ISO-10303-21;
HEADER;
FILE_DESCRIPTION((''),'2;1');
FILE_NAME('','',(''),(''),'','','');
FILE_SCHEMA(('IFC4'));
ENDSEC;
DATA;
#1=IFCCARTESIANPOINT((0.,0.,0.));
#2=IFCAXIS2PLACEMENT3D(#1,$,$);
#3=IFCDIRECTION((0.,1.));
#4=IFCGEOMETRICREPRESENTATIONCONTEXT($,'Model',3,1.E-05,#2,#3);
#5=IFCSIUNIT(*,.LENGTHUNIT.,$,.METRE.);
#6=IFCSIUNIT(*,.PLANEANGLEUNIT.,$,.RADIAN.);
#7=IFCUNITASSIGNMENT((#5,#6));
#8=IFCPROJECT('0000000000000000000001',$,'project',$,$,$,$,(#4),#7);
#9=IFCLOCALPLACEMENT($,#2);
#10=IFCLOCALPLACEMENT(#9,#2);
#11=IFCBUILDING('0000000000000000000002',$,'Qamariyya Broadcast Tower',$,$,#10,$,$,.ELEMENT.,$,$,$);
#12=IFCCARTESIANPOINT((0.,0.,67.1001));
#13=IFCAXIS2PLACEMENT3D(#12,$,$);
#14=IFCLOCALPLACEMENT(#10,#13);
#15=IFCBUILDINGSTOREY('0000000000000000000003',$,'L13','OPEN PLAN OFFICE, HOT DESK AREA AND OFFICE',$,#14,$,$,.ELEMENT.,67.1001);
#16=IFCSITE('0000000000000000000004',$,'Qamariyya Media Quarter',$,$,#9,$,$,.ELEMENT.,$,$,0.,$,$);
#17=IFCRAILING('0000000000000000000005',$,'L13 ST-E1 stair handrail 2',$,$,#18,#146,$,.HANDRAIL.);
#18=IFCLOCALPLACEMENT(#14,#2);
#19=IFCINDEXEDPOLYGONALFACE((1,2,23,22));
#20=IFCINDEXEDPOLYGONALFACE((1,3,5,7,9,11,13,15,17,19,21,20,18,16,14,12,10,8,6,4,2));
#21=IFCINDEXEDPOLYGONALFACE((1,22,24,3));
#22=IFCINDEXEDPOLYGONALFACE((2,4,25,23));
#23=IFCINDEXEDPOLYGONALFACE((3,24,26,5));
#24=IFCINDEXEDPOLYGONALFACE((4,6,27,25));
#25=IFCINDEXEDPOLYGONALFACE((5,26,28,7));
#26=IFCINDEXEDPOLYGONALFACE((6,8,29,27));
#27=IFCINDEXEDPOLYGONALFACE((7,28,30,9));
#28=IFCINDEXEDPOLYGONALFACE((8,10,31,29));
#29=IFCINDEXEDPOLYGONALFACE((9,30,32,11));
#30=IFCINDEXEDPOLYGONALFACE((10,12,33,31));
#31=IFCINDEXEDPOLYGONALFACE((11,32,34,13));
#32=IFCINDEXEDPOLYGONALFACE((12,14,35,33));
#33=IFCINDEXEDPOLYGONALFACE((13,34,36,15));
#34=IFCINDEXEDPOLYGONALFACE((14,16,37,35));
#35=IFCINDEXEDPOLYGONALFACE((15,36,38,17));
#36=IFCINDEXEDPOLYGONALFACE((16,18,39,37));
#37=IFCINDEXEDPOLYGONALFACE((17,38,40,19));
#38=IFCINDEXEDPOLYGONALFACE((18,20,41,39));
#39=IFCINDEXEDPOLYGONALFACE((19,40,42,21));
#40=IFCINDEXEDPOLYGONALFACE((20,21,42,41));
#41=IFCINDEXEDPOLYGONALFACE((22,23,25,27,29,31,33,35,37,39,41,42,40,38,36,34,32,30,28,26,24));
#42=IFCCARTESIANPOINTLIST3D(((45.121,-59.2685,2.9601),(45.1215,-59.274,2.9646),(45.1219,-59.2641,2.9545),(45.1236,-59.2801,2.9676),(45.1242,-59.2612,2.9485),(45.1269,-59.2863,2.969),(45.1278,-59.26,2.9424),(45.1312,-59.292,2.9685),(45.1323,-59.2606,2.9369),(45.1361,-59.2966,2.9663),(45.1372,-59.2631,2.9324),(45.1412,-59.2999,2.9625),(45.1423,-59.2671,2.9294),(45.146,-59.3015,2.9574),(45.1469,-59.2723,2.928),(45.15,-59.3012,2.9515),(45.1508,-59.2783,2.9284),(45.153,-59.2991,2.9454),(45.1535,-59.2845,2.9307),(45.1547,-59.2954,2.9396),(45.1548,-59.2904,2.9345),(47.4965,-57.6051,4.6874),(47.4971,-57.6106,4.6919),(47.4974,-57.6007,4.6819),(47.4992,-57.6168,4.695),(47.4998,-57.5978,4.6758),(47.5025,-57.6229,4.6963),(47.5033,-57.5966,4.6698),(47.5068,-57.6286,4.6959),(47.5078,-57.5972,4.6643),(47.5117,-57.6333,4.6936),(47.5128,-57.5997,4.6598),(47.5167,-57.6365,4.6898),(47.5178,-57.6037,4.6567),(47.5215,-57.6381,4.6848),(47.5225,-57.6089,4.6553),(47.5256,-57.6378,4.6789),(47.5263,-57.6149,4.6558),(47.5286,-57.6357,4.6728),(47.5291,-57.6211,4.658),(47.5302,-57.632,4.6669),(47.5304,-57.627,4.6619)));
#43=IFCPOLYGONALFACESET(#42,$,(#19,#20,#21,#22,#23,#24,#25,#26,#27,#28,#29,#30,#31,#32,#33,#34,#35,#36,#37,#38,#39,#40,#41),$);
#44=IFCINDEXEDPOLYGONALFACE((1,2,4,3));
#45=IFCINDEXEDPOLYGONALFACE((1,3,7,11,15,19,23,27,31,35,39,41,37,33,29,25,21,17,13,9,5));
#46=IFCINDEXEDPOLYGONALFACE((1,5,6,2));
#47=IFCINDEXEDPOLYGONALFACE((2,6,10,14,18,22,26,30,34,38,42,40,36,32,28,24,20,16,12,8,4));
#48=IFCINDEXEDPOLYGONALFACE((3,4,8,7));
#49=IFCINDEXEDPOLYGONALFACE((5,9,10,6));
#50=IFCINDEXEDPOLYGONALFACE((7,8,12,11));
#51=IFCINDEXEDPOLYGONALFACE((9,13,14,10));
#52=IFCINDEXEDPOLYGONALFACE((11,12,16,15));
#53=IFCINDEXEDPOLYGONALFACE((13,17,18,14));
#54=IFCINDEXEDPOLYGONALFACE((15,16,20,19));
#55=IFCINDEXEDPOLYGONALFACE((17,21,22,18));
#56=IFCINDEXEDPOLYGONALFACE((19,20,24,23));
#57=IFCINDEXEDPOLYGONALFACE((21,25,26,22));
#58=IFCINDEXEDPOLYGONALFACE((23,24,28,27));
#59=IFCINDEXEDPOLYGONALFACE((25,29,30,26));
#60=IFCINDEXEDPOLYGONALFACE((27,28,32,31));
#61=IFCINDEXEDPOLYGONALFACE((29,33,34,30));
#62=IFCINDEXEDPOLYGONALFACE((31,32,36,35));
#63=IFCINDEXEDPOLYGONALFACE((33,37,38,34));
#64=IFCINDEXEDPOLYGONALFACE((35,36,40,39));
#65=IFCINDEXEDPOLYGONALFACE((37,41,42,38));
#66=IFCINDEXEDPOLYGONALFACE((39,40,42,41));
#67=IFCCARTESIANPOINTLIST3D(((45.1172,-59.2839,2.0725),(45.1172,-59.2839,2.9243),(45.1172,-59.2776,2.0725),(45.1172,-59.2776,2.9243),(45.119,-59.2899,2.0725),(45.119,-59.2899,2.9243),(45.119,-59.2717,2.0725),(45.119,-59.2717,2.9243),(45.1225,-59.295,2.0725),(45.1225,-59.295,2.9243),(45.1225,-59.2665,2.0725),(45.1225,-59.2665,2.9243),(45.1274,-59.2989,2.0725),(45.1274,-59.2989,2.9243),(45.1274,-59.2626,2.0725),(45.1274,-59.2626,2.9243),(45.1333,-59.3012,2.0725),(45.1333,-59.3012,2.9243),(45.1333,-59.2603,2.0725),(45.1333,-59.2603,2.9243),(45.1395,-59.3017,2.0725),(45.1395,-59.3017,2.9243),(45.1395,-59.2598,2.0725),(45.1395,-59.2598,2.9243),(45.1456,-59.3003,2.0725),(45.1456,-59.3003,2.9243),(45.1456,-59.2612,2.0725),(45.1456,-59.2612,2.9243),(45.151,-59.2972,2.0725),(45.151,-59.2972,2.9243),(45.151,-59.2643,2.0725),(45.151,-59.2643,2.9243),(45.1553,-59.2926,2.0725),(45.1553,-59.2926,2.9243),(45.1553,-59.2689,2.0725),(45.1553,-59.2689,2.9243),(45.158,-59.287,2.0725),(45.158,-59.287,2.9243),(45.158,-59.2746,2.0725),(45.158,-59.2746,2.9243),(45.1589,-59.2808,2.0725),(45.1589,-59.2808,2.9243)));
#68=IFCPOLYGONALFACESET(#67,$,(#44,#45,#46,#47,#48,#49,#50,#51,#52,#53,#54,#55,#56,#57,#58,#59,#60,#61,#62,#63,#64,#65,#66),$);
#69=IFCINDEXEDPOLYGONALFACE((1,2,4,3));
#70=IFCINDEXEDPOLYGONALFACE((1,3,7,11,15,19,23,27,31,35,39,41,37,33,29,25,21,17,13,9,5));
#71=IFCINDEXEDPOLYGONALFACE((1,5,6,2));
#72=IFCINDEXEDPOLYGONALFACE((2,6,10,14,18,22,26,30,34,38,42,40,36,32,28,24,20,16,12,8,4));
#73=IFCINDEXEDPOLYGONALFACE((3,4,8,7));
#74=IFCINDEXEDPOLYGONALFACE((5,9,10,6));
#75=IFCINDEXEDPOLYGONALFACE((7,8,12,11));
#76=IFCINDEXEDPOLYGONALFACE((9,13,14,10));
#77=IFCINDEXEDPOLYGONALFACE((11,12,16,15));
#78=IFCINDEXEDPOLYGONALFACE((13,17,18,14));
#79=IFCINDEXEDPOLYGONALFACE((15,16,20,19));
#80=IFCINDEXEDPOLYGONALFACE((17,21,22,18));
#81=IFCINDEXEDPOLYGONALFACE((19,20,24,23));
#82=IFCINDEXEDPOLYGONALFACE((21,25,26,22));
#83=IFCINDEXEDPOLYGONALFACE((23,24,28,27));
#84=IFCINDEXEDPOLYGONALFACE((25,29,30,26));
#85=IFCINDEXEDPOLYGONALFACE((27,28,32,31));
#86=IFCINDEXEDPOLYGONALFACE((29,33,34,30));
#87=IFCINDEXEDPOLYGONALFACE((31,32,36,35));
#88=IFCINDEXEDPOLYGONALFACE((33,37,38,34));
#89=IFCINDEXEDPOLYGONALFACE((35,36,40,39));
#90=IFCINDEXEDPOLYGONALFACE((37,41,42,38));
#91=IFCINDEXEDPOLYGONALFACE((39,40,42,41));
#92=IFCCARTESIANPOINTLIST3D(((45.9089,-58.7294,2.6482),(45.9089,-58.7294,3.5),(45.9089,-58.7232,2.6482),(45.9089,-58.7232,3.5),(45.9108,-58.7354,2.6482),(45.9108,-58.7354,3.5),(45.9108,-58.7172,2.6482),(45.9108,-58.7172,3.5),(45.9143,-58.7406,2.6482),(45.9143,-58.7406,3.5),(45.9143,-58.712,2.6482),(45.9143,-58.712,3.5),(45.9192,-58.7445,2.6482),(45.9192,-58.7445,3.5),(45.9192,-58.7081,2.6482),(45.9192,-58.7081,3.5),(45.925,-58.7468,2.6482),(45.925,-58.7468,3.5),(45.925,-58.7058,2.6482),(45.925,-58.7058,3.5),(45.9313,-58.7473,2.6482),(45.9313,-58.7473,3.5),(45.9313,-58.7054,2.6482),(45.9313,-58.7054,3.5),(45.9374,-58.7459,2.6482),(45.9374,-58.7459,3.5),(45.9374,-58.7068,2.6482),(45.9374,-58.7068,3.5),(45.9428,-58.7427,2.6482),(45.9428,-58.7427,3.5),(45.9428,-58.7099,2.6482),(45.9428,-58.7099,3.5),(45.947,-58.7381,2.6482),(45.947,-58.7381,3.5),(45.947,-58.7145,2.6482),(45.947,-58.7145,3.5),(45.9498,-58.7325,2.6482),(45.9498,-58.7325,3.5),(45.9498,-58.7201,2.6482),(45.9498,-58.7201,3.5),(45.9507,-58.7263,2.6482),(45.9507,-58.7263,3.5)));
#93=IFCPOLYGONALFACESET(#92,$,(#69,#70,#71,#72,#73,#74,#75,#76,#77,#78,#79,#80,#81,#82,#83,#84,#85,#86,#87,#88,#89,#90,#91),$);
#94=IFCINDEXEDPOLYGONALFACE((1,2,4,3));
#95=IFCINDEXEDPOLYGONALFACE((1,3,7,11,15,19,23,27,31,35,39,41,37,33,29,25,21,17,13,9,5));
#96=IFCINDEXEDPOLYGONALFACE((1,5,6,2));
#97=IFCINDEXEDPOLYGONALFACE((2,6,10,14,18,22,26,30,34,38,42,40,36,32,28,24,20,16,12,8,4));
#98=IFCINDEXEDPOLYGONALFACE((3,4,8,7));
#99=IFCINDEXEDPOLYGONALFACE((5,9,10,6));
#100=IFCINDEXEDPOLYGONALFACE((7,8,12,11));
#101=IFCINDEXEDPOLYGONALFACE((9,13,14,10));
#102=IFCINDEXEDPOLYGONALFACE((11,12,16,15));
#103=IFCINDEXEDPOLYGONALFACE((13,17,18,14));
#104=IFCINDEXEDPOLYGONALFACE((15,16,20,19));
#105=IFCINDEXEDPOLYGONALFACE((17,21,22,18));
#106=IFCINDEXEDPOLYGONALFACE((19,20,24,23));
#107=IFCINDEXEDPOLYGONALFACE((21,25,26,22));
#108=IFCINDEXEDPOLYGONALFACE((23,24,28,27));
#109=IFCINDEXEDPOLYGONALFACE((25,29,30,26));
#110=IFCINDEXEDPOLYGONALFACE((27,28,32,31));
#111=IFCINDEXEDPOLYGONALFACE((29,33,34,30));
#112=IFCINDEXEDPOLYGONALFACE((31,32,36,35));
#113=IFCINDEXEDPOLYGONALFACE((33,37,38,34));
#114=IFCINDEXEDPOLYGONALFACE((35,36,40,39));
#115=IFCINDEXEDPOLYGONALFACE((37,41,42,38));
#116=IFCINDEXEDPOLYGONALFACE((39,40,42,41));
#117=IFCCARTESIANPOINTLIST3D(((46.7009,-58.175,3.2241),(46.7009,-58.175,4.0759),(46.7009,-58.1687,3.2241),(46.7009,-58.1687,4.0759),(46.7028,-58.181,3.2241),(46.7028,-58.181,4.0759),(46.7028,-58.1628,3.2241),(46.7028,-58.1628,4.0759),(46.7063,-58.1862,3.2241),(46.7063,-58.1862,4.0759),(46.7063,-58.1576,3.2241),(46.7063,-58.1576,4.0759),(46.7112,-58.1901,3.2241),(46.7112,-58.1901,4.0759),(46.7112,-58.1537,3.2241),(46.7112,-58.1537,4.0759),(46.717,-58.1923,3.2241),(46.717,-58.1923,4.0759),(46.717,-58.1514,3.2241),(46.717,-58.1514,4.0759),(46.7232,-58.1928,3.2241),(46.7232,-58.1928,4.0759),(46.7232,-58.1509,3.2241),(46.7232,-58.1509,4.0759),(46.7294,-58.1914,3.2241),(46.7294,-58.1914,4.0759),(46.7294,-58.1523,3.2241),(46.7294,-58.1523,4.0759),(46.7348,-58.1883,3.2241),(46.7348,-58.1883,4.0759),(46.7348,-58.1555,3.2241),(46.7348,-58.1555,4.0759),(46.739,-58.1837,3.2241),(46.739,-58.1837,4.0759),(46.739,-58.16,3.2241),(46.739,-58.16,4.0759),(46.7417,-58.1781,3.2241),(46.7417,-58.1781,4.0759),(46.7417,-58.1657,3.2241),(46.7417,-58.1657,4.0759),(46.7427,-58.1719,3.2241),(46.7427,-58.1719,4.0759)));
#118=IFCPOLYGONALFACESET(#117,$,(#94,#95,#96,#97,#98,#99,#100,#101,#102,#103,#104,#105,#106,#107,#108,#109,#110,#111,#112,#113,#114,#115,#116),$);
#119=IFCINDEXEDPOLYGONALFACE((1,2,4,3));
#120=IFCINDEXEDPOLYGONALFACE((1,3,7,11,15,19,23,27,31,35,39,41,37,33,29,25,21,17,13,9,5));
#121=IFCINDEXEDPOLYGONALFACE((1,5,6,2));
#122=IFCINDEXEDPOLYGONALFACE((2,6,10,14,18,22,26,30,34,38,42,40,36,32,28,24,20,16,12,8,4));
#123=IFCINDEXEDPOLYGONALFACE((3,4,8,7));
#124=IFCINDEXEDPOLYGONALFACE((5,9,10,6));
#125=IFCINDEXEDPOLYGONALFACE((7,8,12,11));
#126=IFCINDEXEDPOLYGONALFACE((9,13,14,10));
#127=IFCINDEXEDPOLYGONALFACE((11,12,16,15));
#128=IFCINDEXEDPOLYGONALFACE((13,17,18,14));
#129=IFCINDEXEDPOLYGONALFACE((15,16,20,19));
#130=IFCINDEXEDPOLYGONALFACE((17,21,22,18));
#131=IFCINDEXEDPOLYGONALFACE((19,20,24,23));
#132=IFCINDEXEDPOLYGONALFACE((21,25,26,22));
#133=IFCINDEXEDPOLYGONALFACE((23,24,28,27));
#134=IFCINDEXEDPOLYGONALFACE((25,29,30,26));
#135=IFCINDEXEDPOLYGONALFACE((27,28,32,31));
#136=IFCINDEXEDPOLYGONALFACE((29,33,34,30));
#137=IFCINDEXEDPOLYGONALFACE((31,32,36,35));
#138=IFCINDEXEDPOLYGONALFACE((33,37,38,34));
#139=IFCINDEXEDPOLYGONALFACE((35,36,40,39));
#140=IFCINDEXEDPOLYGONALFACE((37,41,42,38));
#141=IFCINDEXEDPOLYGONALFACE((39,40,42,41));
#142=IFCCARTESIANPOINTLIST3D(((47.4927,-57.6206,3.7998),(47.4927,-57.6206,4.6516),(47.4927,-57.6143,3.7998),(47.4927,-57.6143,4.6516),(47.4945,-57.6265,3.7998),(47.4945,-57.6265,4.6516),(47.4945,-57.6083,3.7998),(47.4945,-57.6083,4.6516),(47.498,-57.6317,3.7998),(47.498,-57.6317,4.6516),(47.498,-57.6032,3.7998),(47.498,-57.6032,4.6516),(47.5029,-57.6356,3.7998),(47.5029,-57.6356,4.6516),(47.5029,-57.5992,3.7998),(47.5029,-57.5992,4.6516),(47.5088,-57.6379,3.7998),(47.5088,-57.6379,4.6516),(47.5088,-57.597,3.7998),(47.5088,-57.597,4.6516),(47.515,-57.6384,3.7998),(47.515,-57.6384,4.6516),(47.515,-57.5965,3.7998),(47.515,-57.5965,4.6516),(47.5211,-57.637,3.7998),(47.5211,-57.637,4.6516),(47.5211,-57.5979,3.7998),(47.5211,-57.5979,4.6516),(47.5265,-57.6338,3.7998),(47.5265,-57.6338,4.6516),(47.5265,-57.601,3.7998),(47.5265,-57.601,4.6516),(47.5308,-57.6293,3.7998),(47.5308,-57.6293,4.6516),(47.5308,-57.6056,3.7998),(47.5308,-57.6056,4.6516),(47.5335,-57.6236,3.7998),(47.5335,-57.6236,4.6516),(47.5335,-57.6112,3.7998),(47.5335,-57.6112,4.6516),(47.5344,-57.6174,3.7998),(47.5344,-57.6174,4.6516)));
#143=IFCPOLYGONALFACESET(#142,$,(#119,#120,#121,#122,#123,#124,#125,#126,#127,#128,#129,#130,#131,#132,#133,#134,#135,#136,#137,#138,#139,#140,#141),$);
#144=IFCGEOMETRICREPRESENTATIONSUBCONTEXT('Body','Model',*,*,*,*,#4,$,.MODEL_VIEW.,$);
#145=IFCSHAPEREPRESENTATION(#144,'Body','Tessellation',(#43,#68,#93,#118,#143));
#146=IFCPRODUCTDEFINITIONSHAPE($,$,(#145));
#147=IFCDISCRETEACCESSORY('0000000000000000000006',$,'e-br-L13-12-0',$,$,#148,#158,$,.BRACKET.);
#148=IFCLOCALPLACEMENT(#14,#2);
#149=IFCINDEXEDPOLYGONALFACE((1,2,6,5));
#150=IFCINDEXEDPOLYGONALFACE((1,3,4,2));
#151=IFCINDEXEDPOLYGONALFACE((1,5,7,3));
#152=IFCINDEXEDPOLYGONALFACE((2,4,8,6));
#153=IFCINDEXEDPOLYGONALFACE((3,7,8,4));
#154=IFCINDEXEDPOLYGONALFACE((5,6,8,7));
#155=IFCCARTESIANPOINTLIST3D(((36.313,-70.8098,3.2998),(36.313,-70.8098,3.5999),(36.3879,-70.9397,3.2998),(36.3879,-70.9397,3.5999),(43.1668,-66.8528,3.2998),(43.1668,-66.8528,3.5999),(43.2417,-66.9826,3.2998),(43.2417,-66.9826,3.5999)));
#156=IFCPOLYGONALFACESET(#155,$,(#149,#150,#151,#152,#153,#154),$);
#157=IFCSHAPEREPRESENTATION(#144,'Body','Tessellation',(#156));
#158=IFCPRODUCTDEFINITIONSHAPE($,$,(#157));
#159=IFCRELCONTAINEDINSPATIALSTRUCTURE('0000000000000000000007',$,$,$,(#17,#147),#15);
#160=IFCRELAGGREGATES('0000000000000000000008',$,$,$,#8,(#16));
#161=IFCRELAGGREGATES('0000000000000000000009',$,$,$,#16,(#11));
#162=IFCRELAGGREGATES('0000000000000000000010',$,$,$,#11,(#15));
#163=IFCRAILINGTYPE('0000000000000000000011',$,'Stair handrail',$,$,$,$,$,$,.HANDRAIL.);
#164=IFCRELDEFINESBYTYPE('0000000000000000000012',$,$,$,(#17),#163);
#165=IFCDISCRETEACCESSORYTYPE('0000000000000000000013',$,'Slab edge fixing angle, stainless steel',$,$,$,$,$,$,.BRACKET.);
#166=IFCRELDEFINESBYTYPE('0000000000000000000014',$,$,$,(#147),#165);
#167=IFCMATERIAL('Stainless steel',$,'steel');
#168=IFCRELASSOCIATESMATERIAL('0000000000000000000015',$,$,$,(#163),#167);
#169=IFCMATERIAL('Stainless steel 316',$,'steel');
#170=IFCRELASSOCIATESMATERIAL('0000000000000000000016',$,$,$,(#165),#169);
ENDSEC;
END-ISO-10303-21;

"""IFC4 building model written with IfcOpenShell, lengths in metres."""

from ifc_helpers import new_model, si_unit, direction, frame, origin, origin_2d, place, context, subcontext, project, spatial, rectangle, circle, extrude, material, type_object, element, save


model = new_model("IFC4")

# Units and contexts
model_context = context("Model", 3, precision=1e-05, world=origin(), true_north=direction((0.0, 1.0)))
body_context = subcontext(model_context, "Body", "Model", "MODEL_VIEW")
ifc_project = project(units=[si_unit("LENGTHUNIT", "METRE"), si_unit("PLANEANGLEUNIT", "RADIAN")], contexts=[model_context])

# Site, building, storey
site_placement = place(None, origin())
site = spatial("IfcSite", under=ifc_project, at=site_placement, Name="Qamariyya Media Quarter", CompositionType="ELEMENT", RefElevation=0.0)
building_placement = place(site_placement, origin())
building = spatial("IfcBuilding", under=site, at=building_placement, Name="Qamariyya Broadcast Tower", CompositionType="ELEMENT")
storey_placement = place(building_placement, frame((0.0, 0.0, 67.1001)))
storey = spatial("IfcBuildingStorey", under=building, at=storey_placement, Name="L13", Description="OPEN PLAN OFFICE, HOT DESK AREA AND OFFICE", CompositionType="ELEMENT", Elevation=67.1001)

# Railing
ifc_material_1 = material(Name="Stainless steel", Category="steel")
railing_type_1 = type_object("IfcRailingType", Name="Stair handrail", PredefinedType="HANDRAIL", material=ifc_material_1)
railing_1_placement = place(storey_placement, frame((45.1379, -59.2808, 2.0725)))
element("IfcRailing", 1, at=railing_1_placement, inside=storey, type_object=railing_type_1, Name="L13 ST-E1 stair handrail 2", PredefinedType="HANDRAIL", context=body_context, shape_type="SweptSolid", body=[
    extrude(circle(Radius=0.0239, at=origin_2d()), frame((0.0, 0.0, 0.876), z_axis=(0.70377, 0.492784, 0.511734), x_axis=(-0.573575, 0.819153, 0.0)), (0.0, 0.0, 1.0), 3.3755),
    extrude(circle(Radius=0.021, at=origin_2d()), origin(), (0.0, 0.0, 1.0), 0.8518),
    extrude(circle(Radius=0.021, at=origin_2d()), frame((0.7917, 0.5544, 0.5757)), (0.0, 0.0, 1.0), 0.8518),
    extrude(circle(Radius=0.021, at=origin_2d()), frame((1.5837, 1.1089, 1.1516)), (0.0, 0.0, 1.0), 0.8518),
    extrude(circle(Radius=0.021, at=origin_2d()), frame((2.3755, 1.6633, 1.7273)), (0.0, 0.0, 1.0), 0.8518),
])

# Discrete accessory
ifc_material_2 = material(Name="Stainless steel 316", Category="steel")
discrete_accessory_type = type_object("IfcDiscreteAccessoryType", Name="Slab edge fixing angle, stainless steel", PredefinedType="BRACKET", material=ifc_material_2)
discrete_accessory_placement = place(storey_placement, frame((39.7773, -68.8962, 3.2998), z_axis=(0.0, 0.0, 1.0), x_axis=(0.866025, 0.5, 0.0)))
element("IfcDiscreteAccessory", 2, at=discrete_accessory_placement, inside=storey, type_object=discrete_accessory_type, Name="e-br-L13-12-0", PredefinedType="BRACKET", context=body_context, shape_type="SweptSolid", body=[
    extrude(rectangle(XDim=7.9141, YDim=0.1499, at=origin_2d()), origin(), (0.0, 0.0, 1.0), 0.3),
])

save(model, "model.ifc")
